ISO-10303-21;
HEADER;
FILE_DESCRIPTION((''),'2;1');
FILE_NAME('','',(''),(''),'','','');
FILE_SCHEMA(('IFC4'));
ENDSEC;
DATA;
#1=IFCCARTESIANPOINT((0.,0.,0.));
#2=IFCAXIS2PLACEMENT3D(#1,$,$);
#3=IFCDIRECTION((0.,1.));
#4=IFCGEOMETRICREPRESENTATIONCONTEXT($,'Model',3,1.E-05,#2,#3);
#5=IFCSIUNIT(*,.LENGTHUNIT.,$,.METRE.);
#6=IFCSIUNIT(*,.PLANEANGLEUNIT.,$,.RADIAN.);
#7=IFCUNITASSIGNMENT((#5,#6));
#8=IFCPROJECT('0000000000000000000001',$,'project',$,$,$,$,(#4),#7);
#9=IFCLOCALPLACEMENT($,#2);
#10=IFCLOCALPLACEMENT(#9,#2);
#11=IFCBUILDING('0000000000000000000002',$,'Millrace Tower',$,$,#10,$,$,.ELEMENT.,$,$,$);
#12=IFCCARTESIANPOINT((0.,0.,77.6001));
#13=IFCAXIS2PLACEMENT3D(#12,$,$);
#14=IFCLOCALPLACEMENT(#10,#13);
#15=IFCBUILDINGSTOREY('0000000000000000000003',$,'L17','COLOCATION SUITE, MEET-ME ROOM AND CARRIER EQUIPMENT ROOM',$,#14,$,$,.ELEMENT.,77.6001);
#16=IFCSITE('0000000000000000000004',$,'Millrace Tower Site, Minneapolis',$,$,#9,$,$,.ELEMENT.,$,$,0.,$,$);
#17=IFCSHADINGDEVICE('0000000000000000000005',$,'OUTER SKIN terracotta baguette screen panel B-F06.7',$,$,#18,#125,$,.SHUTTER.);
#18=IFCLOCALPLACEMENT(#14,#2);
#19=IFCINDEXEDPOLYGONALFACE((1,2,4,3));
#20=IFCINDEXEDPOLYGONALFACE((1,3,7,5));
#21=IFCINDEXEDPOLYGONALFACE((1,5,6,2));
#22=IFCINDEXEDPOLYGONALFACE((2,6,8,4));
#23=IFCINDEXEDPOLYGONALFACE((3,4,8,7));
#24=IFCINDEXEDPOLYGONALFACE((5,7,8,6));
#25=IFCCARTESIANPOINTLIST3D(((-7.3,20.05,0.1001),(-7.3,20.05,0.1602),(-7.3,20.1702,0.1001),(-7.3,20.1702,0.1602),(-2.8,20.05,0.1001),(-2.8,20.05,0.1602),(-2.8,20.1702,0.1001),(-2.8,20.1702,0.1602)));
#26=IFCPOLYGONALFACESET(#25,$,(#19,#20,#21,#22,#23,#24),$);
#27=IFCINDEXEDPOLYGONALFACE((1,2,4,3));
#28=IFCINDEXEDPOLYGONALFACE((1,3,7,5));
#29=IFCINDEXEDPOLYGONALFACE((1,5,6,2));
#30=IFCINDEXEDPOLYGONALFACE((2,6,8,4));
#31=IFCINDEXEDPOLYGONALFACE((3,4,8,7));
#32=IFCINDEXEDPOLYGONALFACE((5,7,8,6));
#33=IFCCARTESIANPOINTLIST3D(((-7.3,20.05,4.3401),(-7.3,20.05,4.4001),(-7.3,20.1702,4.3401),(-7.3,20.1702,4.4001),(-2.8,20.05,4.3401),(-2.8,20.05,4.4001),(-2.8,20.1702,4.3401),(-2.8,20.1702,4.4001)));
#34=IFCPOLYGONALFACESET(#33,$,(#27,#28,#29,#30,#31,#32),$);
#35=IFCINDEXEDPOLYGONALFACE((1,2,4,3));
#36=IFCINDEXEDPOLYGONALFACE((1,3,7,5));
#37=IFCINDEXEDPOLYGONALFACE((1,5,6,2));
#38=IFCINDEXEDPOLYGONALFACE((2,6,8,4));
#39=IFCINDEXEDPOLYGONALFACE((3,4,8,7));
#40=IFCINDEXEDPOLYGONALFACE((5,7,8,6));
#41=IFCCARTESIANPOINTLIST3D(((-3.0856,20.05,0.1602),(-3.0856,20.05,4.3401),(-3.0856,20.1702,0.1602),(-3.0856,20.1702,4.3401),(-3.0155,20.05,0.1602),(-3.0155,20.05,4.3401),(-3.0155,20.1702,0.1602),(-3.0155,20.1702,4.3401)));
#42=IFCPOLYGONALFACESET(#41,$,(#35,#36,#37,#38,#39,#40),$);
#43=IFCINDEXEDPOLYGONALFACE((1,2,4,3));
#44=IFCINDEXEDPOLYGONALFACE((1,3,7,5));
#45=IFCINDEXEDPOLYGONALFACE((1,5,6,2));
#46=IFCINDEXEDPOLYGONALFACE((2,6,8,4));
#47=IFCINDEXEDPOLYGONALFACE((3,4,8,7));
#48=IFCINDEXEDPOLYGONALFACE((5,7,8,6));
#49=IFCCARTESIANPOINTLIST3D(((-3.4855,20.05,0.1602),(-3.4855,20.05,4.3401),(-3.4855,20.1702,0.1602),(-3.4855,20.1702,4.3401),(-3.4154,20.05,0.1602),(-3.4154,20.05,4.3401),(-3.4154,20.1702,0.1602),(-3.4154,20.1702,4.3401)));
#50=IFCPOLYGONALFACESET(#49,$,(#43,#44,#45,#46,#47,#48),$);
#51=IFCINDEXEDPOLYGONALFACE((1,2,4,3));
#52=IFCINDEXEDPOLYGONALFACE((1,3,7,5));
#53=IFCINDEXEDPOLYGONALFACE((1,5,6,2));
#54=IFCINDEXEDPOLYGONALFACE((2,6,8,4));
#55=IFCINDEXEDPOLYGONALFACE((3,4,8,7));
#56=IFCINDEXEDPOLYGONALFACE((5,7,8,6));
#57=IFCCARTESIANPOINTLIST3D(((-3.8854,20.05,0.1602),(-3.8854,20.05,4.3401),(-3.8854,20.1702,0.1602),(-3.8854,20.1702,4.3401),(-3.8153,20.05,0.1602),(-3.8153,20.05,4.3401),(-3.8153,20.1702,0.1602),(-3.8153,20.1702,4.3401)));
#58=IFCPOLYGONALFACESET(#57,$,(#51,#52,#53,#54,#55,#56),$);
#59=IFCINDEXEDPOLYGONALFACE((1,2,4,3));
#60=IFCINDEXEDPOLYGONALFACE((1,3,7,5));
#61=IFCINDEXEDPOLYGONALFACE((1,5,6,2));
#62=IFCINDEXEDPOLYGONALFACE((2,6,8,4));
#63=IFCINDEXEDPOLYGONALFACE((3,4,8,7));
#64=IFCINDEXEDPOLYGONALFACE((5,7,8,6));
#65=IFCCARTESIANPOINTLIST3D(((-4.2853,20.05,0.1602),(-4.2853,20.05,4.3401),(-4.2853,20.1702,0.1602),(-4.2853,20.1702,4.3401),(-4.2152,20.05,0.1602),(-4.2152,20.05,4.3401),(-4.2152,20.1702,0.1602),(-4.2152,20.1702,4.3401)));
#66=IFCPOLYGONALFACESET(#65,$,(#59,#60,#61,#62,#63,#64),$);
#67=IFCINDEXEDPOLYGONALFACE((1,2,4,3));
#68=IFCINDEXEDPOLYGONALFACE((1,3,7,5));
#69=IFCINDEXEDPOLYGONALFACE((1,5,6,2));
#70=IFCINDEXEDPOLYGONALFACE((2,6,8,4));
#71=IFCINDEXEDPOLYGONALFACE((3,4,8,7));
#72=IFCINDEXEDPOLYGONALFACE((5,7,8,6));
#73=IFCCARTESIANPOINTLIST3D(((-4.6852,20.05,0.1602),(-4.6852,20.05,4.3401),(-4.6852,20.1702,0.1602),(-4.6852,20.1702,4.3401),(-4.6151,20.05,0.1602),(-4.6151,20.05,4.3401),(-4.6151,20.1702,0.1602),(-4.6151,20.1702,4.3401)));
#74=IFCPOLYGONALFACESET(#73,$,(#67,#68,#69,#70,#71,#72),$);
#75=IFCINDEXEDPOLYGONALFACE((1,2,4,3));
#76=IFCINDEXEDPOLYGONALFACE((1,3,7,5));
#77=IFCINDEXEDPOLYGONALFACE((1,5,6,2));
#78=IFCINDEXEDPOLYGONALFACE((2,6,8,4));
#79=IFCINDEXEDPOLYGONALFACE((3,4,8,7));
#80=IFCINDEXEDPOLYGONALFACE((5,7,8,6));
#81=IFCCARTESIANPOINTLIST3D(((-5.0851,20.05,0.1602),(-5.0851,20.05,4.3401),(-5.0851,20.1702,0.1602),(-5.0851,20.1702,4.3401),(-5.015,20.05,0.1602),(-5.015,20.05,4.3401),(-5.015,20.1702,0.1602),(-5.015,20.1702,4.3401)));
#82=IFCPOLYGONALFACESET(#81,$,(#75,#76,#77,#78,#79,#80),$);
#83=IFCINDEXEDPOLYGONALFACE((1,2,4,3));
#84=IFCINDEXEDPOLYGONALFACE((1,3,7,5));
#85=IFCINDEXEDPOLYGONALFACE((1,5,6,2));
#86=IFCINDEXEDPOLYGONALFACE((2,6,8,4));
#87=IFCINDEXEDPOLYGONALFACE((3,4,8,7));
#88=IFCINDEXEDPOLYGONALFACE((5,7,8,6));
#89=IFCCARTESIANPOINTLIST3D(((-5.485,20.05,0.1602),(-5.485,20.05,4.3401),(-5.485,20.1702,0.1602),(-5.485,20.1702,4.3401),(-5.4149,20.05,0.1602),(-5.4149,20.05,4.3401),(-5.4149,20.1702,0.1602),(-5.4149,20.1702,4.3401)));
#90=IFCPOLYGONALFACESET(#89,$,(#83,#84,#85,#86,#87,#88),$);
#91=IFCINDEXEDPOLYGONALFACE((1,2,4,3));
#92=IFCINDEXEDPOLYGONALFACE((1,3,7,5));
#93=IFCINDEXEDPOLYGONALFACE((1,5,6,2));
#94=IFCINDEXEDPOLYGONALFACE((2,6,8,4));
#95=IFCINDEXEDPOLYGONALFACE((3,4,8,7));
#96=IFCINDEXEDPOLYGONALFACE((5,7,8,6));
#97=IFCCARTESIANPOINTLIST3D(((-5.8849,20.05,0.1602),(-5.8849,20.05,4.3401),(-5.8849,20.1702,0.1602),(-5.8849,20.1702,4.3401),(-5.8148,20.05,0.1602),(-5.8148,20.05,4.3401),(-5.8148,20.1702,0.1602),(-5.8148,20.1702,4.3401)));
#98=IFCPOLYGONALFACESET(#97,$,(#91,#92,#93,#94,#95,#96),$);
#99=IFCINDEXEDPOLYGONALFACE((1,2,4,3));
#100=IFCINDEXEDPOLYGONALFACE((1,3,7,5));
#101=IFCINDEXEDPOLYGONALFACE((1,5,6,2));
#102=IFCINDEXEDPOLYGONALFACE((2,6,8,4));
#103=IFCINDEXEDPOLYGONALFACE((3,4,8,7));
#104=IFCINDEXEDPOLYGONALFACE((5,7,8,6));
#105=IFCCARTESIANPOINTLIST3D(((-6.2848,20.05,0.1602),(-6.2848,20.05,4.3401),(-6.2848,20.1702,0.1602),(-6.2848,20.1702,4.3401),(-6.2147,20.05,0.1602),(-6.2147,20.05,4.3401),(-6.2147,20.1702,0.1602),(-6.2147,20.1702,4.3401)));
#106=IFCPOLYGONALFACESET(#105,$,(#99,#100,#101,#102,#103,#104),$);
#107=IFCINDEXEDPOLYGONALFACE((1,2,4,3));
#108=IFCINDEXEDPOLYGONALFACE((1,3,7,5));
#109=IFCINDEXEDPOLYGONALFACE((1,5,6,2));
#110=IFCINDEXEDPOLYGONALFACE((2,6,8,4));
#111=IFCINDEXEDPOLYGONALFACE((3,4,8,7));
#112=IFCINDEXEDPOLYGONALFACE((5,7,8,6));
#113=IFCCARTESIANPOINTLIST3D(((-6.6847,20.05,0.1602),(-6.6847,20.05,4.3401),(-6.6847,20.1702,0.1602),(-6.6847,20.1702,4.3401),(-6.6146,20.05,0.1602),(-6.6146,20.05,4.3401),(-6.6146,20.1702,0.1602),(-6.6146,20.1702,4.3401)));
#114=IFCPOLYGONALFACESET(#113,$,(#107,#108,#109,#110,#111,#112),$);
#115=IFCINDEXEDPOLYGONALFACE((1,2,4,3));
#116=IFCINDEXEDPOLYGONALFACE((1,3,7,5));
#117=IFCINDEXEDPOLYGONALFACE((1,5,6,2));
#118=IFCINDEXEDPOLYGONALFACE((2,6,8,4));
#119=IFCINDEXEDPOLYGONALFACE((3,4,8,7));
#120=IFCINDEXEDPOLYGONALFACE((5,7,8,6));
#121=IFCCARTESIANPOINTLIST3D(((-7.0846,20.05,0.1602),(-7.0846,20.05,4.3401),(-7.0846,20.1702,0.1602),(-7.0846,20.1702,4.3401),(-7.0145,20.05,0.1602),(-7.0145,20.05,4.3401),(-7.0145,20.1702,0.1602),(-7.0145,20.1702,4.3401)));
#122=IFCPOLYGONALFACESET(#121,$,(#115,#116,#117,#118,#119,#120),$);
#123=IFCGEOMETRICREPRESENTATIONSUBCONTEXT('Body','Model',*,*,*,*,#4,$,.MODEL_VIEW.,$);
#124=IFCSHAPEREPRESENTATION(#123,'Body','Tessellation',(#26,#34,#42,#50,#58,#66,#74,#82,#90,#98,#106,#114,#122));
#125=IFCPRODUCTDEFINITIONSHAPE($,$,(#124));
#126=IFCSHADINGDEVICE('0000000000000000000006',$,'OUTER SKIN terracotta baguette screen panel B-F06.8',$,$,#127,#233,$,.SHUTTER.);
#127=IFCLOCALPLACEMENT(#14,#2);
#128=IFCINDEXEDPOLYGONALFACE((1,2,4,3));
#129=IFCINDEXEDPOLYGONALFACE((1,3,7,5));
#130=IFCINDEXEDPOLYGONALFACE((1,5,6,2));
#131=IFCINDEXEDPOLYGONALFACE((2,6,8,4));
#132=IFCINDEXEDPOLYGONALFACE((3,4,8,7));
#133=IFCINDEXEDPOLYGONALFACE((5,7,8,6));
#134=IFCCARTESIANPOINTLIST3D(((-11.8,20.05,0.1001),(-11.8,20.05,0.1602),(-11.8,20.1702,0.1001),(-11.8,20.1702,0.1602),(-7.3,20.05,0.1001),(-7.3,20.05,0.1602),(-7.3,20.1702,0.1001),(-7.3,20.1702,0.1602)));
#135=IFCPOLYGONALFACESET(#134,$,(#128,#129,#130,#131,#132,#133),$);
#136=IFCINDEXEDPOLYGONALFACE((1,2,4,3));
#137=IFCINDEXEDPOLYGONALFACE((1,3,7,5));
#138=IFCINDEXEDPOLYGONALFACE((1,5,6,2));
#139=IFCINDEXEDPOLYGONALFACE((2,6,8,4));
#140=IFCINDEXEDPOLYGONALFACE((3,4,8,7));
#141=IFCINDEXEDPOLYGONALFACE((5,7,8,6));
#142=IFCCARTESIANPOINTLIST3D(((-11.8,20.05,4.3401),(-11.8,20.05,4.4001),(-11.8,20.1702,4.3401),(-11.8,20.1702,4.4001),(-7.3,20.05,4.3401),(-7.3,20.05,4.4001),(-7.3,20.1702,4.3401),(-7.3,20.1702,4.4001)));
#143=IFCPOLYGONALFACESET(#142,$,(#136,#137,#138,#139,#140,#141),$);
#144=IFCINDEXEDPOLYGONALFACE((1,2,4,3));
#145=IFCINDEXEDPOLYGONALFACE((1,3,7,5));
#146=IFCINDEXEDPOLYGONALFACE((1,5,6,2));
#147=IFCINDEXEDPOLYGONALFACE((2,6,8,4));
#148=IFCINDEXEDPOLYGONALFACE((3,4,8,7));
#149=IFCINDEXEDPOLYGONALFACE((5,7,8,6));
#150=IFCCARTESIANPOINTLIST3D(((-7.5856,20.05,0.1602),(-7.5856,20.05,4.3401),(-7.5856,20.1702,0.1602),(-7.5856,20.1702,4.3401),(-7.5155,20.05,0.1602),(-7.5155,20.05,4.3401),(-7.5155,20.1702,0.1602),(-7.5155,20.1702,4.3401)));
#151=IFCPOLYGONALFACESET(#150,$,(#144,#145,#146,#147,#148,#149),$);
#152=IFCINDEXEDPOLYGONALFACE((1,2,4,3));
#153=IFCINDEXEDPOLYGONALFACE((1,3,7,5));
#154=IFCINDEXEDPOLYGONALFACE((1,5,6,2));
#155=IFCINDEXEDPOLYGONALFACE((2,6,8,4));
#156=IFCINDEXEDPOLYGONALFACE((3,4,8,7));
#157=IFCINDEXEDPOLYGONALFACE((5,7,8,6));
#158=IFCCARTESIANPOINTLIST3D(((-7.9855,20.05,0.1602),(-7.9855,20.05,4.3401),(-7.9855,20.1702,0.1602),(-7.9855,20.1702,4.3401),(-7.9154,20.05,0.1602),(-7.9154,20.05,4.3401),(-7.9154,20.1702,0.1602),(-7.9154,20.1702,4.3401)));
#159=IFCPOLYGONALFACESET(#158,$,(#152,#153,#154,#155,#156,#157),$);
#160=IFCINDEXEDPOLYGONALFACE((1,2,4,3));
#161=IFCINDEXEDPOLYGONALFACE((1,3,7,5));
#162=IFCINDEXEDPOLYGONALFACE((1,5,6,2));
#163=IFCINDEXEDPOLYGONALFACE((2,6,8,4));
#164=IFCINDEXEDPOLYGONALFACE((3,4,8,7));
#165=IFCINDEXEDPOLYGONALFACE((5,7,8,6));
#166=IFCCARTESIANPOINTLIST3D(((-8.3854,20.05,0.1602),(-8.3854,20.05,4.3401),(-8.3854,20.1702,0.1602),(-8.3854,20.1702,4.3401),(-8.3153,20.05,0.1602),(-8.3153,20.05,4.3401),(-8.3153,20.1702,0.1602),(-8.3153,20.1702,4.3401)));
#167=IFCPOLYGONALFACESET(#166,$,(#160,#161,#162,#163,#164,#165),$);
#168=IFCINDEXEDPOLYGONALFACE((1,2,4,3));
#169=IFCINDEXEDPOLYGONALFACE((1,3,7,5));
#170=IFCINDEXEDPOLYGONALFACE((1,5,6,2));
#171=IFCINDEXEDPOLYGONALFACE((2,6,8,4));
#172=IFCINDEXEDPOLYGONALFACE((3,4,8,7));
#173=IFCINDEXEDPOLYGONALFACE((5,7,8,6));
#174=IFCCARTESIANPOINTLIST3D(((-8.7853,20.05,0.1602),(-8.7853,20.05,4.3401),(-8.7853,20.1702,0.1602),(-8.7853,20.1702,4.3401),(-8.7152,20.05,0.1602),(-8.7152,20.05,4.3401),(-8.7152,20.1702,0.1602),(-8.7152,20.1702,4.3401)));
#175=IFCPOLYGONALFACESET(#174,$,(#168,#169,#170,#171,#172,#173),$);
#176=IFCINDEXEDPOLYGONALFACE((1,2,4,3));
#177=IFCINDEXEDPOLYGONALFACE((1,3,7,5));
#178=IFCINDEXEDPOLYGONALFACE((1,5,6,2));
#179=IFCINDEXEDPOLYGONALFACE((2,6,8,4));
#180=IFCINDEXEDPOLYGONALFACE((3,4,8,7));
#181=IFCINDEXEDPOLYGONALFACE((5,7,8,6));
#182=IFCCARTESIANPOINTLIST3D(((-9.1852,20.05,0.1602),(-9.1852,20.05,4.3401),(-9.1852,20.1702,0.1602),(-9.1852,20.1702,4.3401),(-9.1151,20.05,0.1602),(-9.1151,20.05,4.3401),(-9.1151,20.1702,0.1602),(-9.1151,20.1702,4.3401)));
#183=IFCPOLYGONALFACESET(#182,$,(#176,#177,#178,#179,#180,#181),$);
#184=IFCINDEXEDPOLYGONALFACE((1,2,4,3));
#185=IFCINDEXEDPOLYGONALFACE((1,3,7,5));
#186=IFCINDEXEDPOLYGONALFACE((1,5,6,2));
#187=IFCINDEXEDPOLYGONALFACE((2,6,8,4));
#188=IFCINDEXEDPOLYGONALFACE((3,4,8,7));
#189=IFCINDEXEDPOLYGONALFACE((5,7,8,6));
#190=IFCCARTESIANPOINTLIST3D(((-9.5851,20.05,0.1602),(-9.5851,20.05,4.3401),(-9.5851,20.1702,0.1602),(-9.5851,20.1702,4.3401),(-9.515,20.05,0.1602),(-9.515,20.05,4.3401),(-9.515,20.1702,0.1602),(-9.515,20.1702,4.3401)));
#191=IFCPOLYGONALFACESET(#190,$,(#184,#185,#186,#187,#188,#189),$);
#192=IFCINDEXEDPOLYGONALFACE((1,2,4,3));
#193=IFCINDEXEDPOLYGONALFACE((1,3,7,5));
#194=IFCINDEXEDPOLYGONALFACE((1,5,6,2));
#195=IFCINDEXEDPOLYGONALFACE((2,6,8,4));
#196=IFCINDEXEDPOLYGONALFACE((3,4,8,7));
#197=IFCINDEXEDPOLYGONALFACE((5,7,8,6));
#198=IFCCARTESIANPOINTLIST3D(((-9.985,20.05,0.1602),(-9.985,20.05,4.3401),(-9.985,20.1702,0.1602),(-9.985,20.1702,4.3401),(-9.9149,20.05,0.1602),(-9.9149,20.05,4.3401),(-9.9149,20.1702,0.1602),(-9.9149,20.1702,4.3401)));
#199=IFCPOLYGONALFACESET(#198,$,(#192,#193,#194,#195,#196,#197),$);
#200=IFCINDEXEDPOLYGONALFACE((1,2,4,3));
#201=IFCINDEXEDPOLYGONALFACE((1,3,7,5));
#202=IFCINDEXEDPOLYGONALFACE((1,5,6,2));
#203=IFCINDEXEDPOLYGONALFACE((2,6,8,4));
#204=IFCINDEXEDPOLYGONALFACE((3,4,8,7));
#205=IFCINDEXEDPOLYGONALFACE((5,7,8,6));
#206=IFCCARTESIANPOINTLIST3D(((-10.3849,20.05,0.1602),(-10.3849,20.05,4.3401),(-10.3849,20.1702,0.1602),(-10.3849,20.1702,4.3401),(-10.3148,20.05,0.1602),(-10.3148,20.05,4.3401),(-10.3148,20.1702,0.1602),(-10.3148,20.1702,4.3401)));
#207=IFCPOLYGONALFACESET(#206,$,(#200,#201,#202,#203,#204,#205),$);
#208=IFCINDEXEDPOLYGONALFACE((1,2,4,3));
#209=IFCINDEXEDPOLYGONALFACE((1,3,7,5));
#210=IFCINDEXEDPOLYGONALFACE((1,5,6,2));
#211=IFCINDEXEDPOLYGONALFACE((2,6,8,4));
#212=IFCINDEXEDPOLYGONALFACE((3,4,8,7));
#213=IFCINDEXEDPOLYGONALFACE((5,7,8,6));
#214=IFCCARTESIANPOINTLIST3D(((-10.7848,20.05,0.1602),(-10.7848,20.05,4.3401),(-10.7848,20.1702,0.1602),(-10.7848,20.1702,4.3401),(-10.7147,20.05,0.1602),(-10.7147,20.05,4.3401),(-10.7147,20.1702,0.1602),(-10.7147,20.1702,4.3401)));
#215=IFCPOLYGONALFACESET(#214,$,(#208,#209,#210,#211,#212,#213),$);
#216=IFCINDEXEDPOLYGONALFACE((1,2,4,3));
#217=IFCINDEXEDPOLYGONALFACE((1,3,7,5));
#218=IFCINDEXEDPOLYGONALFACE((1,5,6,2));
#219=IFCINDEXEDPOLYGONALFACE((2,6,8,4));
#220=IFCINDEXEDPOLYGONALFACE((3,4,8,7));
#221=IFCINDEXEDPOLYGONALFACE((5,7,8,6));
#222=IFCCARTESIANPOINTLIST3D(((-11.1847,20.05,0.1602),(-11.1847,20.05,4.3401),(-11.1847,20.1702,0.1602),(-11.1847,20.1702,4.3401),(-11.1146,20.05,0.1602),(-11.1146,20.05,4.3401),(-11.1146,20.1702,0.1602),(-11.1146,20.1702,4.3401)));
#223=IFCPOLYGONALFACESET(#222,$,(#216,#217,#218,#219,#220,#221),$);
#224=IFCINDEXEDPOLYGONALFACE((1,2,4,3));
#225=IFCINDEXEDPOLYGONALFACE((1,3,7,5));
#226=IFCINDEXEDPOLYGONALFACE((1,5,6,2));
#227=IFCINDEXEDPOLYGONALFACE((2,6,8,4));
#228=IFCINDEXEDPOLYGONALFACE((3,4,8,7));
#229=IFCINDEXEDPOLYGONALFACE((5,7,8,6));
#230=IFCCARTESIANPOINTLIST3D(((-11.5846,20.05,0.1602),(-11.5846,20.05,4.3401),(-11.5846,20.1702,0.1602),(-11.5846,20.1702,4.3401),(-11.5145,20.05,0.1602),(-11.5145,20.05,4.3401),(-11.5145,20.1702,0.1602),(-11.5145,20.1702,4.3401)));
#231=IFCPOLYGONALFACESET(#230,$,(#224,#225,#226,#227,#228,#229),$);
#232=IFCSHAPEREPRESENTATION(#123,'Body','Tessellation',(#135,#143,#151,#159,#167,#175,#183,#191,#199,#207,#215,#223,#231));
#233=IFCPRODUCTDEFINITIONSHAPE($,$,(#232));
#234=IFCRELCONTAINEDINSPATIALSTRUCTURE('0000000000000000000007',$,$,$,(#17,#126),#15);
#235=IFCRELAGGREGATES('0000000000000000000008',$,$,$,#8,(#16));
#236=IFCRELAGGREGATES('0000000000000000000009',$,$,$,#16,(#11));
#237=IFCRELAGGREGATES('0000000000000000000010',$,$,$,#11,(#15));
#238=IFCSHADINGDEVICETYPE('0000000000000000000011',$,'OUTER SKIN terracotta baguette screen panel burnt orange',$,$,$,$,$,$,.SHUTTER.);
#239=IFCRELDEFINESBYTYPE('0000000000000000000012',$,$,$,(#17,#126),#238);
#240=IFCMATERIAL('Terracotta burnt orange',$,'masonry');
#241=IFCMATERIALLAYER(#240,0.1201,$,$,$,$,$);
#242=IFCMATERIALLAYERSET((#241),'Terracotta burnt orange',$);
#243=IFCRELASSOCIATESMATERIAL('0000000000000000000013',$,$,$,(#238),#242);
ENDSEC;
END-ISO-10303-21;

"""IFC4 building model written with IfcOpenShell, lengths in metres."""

from ifc_helpers import new_model, entity, si_unit, direction, frame, frame_2d, origin, origin_2d, place, context, subcontext, project, spatial, rectangle, extrude, source, transform, mapped, material, layer, layer_set, type_object, element, save


model = new_model("IFC4")

# Units and contexts
model_context = context("Model", 3, precision=1e-05, world=origin(), true_north=direction((0.0, 1.0)))
body_context = subcontext(model_context, "Body", "Model", "MODEL_VIEW")
ifc_project = project(units=[si_unit("LENGTHUNIT", "METRE"), si_unit("PLANEANGLEUNIT", "RADIAN")], contexts=[model_context])

# Site, building, storey
site_placement = place(None, origin())
site = spatial("IfcSite", under=ifc_project, at=site_placement, Name="Millrace Tower Site, Minneapolis", CompositionType="ELEMENT", RefElevation=0.0)
building_placement = place(site_placement, origin())
building = spatial("IfcBuilding", under=site, at=building_placement, Name="Millrace Tower", CompositionType="ELEMENT")
storey_placement = place(building_placement, frame((0.0, 0.0, 77.6001)))
storey = spatial("IfcBuildingStorey", under=building, at=storey_placement, Name="L17", Description="COLOCATION SUITE, MEET-ME ROOM AND CARRIER EQUIPMENT ROOM", CompositionType="ELEMENT", Elevation=77.6001)

# Shading devices
ifc_material_1 = material(Name="Terracotta burnt orange", Category="masonry")
ifc_layer_1 = layer(ifc_material_1, 0.1201)
ifc_layer_set_1 = layer_set([ifc_layer_1], Name="Terracotta burnt orange")
shading_device_type = type_object("IfcShadingDeviceType", Name="OUTER SKIN terracotta baguette screen panel burnt orange", PredefinedType="SHUTTER", material=ifc_layer_set_1)
cartesian_point = entity("IfcCartesianPoint", [-2.25, 0.0601])
shared_polyline = entity("IfcPolyline", [cartesian_point, entity("IfcCartesianPoint", [2.25, 0.0601]), entity("IfcCartesianPoint", [2.25, -0.0601]), entity("IfcCartesianPoint", [-2.25, -0.0601]), cartesian_point])
shared_shape = source(origin(), body_context, "Body", "SweptSolid", [
    entity("IfcExtrudedAreaSolid", entity("IfcArbitraryClosedProfileDef", "AREA", None, shared_polyline), entity("IfcAxis2Placement3D", entity("IfcCartesianPoint", [0.0, 0.0, 0.0])), entity("IfcDirection", [0.0, 0.0, 1.0]), 0.0601),
    entity("IfcExtrudedAreaSolid", entity("IfcArbitraryClosedProfileDef", "AREA", None, shared_polyline), entity("IfcAxis2Placement3D", entity("IfcCartesianPoint", [0.0, 0.0, 4.24])), entity("IfcDirection", [0.0, 0.0, 1.0]), 0.0601),
    extrude(rectangle(XDim=0.0701, YDim=0.1201, at=frame_2d((-1.9995, 0.0))), frame((0.0, 0.0, 0.0601)), (0.0, 0.0, 1.0), 4.1799),
    extrude(rectangle(XDim=0.0701, YDim=0.1201, at=frame_2d((-1.5996, 0.0))), frame((0.0, 0.0, 0.0601)), (0.0, 0.0, 1.0), 4.1799),
    extrude(rectangle(XDim=0.0701, YDim=0.1201, at=frame_2d((-1.1997, 0.0))), frame((0.0, 0.0, 0.0601)), (0.0, 0.0, 1.0), 4.1799),
    extrude(rectangle(XDim=0.0701, YDim=0.1201, at=frame_2d((-0.7998, 0.0))), frame((0.0, 0.0, 0.0601)), (0.0, 0.0, 1.0), 4.1799),
    extrude(rectangle(XDim=0.0701, YDim=0.1201, at=frame_2d((-0.3999, 0.0))), frame((0.0, 0.0, 0.0601)), (0.0, 0.0, 1.0), 4.1799),
    extrude(rectangle(XDim=0.0701, YDim=0.1201, at=origin_2d()), frame((0.0, 0.0, 0.0601)), (0.0, 0.0, 1.0), 4.1799),
    extrude(rectangle(XDim=0.0701, YDim=0.1201, at=frame_2d((0.3999, 0.0))), frame((0.0, 0.0, 0.0601)), (0.0, 0.0, 1.0), 4.1799),
    extrude(rectangle(XDim=0.0701, YDim=0.1201, at=frame_2d((0.7998, 0.0))), frame((0.0, 0.0, 0.0601)), (0.0, 0.0, 1.0), 4.1799),
    extrude(rectangle(XDim=0.0701, YDim=0.1201, at=frame_2d((1.1997, 0.0))), frame((0.0, 0.0, 0.0601)), (0.0, 0.0, 1.0), 4.1799),
    extrude(rectangle(XDim=0.0701, YDim=0.1201, at=frame_2d((1.5996, 0.0))), frame((0.0, 0.0, 0.0601)), (0.0, 0.0, 1.0), 4.1799),
    extrude(rectangle(XDim=0.0701, YDim=0.1201, at=frame_2d((1.9995, 0.0))), frame((0.0, 0.0, 0.0601)), (0.0, 0.0, 1.0), 4.1799),
])
for number, where, z_axis, x_axis, name in (
    (1, (-5.05, 20.1101, 0.1001), (0.0, 0.0, 1.0), (-1.0, 0.0, 0.0), "OUTER SKIN terracotta baguette screen panel B-F06.7"),
    (2, (-9.55, 20.1101, 0.1001), (0.0, 0.0, 1.0), (-1.0, 0.0, 0.0), "OUTER SKIN terracotta baguette screen panel B-F06.8"),
):
    element("IfcShadingDevice", number, at=place(storey_placement, frame(where, z_axis=z_axis, x_axis=x_axis)), inside=storey, type_object=shading_device_type, Name=name, PredefinedType="SHUTTER", context=body_context, shape_type="MappedRepresentation", body=[
        mapped(shared_shape, transform((0.0, 0.0, 0.0), scale=1.0)),
    ])

save(model, "model.ifc")
